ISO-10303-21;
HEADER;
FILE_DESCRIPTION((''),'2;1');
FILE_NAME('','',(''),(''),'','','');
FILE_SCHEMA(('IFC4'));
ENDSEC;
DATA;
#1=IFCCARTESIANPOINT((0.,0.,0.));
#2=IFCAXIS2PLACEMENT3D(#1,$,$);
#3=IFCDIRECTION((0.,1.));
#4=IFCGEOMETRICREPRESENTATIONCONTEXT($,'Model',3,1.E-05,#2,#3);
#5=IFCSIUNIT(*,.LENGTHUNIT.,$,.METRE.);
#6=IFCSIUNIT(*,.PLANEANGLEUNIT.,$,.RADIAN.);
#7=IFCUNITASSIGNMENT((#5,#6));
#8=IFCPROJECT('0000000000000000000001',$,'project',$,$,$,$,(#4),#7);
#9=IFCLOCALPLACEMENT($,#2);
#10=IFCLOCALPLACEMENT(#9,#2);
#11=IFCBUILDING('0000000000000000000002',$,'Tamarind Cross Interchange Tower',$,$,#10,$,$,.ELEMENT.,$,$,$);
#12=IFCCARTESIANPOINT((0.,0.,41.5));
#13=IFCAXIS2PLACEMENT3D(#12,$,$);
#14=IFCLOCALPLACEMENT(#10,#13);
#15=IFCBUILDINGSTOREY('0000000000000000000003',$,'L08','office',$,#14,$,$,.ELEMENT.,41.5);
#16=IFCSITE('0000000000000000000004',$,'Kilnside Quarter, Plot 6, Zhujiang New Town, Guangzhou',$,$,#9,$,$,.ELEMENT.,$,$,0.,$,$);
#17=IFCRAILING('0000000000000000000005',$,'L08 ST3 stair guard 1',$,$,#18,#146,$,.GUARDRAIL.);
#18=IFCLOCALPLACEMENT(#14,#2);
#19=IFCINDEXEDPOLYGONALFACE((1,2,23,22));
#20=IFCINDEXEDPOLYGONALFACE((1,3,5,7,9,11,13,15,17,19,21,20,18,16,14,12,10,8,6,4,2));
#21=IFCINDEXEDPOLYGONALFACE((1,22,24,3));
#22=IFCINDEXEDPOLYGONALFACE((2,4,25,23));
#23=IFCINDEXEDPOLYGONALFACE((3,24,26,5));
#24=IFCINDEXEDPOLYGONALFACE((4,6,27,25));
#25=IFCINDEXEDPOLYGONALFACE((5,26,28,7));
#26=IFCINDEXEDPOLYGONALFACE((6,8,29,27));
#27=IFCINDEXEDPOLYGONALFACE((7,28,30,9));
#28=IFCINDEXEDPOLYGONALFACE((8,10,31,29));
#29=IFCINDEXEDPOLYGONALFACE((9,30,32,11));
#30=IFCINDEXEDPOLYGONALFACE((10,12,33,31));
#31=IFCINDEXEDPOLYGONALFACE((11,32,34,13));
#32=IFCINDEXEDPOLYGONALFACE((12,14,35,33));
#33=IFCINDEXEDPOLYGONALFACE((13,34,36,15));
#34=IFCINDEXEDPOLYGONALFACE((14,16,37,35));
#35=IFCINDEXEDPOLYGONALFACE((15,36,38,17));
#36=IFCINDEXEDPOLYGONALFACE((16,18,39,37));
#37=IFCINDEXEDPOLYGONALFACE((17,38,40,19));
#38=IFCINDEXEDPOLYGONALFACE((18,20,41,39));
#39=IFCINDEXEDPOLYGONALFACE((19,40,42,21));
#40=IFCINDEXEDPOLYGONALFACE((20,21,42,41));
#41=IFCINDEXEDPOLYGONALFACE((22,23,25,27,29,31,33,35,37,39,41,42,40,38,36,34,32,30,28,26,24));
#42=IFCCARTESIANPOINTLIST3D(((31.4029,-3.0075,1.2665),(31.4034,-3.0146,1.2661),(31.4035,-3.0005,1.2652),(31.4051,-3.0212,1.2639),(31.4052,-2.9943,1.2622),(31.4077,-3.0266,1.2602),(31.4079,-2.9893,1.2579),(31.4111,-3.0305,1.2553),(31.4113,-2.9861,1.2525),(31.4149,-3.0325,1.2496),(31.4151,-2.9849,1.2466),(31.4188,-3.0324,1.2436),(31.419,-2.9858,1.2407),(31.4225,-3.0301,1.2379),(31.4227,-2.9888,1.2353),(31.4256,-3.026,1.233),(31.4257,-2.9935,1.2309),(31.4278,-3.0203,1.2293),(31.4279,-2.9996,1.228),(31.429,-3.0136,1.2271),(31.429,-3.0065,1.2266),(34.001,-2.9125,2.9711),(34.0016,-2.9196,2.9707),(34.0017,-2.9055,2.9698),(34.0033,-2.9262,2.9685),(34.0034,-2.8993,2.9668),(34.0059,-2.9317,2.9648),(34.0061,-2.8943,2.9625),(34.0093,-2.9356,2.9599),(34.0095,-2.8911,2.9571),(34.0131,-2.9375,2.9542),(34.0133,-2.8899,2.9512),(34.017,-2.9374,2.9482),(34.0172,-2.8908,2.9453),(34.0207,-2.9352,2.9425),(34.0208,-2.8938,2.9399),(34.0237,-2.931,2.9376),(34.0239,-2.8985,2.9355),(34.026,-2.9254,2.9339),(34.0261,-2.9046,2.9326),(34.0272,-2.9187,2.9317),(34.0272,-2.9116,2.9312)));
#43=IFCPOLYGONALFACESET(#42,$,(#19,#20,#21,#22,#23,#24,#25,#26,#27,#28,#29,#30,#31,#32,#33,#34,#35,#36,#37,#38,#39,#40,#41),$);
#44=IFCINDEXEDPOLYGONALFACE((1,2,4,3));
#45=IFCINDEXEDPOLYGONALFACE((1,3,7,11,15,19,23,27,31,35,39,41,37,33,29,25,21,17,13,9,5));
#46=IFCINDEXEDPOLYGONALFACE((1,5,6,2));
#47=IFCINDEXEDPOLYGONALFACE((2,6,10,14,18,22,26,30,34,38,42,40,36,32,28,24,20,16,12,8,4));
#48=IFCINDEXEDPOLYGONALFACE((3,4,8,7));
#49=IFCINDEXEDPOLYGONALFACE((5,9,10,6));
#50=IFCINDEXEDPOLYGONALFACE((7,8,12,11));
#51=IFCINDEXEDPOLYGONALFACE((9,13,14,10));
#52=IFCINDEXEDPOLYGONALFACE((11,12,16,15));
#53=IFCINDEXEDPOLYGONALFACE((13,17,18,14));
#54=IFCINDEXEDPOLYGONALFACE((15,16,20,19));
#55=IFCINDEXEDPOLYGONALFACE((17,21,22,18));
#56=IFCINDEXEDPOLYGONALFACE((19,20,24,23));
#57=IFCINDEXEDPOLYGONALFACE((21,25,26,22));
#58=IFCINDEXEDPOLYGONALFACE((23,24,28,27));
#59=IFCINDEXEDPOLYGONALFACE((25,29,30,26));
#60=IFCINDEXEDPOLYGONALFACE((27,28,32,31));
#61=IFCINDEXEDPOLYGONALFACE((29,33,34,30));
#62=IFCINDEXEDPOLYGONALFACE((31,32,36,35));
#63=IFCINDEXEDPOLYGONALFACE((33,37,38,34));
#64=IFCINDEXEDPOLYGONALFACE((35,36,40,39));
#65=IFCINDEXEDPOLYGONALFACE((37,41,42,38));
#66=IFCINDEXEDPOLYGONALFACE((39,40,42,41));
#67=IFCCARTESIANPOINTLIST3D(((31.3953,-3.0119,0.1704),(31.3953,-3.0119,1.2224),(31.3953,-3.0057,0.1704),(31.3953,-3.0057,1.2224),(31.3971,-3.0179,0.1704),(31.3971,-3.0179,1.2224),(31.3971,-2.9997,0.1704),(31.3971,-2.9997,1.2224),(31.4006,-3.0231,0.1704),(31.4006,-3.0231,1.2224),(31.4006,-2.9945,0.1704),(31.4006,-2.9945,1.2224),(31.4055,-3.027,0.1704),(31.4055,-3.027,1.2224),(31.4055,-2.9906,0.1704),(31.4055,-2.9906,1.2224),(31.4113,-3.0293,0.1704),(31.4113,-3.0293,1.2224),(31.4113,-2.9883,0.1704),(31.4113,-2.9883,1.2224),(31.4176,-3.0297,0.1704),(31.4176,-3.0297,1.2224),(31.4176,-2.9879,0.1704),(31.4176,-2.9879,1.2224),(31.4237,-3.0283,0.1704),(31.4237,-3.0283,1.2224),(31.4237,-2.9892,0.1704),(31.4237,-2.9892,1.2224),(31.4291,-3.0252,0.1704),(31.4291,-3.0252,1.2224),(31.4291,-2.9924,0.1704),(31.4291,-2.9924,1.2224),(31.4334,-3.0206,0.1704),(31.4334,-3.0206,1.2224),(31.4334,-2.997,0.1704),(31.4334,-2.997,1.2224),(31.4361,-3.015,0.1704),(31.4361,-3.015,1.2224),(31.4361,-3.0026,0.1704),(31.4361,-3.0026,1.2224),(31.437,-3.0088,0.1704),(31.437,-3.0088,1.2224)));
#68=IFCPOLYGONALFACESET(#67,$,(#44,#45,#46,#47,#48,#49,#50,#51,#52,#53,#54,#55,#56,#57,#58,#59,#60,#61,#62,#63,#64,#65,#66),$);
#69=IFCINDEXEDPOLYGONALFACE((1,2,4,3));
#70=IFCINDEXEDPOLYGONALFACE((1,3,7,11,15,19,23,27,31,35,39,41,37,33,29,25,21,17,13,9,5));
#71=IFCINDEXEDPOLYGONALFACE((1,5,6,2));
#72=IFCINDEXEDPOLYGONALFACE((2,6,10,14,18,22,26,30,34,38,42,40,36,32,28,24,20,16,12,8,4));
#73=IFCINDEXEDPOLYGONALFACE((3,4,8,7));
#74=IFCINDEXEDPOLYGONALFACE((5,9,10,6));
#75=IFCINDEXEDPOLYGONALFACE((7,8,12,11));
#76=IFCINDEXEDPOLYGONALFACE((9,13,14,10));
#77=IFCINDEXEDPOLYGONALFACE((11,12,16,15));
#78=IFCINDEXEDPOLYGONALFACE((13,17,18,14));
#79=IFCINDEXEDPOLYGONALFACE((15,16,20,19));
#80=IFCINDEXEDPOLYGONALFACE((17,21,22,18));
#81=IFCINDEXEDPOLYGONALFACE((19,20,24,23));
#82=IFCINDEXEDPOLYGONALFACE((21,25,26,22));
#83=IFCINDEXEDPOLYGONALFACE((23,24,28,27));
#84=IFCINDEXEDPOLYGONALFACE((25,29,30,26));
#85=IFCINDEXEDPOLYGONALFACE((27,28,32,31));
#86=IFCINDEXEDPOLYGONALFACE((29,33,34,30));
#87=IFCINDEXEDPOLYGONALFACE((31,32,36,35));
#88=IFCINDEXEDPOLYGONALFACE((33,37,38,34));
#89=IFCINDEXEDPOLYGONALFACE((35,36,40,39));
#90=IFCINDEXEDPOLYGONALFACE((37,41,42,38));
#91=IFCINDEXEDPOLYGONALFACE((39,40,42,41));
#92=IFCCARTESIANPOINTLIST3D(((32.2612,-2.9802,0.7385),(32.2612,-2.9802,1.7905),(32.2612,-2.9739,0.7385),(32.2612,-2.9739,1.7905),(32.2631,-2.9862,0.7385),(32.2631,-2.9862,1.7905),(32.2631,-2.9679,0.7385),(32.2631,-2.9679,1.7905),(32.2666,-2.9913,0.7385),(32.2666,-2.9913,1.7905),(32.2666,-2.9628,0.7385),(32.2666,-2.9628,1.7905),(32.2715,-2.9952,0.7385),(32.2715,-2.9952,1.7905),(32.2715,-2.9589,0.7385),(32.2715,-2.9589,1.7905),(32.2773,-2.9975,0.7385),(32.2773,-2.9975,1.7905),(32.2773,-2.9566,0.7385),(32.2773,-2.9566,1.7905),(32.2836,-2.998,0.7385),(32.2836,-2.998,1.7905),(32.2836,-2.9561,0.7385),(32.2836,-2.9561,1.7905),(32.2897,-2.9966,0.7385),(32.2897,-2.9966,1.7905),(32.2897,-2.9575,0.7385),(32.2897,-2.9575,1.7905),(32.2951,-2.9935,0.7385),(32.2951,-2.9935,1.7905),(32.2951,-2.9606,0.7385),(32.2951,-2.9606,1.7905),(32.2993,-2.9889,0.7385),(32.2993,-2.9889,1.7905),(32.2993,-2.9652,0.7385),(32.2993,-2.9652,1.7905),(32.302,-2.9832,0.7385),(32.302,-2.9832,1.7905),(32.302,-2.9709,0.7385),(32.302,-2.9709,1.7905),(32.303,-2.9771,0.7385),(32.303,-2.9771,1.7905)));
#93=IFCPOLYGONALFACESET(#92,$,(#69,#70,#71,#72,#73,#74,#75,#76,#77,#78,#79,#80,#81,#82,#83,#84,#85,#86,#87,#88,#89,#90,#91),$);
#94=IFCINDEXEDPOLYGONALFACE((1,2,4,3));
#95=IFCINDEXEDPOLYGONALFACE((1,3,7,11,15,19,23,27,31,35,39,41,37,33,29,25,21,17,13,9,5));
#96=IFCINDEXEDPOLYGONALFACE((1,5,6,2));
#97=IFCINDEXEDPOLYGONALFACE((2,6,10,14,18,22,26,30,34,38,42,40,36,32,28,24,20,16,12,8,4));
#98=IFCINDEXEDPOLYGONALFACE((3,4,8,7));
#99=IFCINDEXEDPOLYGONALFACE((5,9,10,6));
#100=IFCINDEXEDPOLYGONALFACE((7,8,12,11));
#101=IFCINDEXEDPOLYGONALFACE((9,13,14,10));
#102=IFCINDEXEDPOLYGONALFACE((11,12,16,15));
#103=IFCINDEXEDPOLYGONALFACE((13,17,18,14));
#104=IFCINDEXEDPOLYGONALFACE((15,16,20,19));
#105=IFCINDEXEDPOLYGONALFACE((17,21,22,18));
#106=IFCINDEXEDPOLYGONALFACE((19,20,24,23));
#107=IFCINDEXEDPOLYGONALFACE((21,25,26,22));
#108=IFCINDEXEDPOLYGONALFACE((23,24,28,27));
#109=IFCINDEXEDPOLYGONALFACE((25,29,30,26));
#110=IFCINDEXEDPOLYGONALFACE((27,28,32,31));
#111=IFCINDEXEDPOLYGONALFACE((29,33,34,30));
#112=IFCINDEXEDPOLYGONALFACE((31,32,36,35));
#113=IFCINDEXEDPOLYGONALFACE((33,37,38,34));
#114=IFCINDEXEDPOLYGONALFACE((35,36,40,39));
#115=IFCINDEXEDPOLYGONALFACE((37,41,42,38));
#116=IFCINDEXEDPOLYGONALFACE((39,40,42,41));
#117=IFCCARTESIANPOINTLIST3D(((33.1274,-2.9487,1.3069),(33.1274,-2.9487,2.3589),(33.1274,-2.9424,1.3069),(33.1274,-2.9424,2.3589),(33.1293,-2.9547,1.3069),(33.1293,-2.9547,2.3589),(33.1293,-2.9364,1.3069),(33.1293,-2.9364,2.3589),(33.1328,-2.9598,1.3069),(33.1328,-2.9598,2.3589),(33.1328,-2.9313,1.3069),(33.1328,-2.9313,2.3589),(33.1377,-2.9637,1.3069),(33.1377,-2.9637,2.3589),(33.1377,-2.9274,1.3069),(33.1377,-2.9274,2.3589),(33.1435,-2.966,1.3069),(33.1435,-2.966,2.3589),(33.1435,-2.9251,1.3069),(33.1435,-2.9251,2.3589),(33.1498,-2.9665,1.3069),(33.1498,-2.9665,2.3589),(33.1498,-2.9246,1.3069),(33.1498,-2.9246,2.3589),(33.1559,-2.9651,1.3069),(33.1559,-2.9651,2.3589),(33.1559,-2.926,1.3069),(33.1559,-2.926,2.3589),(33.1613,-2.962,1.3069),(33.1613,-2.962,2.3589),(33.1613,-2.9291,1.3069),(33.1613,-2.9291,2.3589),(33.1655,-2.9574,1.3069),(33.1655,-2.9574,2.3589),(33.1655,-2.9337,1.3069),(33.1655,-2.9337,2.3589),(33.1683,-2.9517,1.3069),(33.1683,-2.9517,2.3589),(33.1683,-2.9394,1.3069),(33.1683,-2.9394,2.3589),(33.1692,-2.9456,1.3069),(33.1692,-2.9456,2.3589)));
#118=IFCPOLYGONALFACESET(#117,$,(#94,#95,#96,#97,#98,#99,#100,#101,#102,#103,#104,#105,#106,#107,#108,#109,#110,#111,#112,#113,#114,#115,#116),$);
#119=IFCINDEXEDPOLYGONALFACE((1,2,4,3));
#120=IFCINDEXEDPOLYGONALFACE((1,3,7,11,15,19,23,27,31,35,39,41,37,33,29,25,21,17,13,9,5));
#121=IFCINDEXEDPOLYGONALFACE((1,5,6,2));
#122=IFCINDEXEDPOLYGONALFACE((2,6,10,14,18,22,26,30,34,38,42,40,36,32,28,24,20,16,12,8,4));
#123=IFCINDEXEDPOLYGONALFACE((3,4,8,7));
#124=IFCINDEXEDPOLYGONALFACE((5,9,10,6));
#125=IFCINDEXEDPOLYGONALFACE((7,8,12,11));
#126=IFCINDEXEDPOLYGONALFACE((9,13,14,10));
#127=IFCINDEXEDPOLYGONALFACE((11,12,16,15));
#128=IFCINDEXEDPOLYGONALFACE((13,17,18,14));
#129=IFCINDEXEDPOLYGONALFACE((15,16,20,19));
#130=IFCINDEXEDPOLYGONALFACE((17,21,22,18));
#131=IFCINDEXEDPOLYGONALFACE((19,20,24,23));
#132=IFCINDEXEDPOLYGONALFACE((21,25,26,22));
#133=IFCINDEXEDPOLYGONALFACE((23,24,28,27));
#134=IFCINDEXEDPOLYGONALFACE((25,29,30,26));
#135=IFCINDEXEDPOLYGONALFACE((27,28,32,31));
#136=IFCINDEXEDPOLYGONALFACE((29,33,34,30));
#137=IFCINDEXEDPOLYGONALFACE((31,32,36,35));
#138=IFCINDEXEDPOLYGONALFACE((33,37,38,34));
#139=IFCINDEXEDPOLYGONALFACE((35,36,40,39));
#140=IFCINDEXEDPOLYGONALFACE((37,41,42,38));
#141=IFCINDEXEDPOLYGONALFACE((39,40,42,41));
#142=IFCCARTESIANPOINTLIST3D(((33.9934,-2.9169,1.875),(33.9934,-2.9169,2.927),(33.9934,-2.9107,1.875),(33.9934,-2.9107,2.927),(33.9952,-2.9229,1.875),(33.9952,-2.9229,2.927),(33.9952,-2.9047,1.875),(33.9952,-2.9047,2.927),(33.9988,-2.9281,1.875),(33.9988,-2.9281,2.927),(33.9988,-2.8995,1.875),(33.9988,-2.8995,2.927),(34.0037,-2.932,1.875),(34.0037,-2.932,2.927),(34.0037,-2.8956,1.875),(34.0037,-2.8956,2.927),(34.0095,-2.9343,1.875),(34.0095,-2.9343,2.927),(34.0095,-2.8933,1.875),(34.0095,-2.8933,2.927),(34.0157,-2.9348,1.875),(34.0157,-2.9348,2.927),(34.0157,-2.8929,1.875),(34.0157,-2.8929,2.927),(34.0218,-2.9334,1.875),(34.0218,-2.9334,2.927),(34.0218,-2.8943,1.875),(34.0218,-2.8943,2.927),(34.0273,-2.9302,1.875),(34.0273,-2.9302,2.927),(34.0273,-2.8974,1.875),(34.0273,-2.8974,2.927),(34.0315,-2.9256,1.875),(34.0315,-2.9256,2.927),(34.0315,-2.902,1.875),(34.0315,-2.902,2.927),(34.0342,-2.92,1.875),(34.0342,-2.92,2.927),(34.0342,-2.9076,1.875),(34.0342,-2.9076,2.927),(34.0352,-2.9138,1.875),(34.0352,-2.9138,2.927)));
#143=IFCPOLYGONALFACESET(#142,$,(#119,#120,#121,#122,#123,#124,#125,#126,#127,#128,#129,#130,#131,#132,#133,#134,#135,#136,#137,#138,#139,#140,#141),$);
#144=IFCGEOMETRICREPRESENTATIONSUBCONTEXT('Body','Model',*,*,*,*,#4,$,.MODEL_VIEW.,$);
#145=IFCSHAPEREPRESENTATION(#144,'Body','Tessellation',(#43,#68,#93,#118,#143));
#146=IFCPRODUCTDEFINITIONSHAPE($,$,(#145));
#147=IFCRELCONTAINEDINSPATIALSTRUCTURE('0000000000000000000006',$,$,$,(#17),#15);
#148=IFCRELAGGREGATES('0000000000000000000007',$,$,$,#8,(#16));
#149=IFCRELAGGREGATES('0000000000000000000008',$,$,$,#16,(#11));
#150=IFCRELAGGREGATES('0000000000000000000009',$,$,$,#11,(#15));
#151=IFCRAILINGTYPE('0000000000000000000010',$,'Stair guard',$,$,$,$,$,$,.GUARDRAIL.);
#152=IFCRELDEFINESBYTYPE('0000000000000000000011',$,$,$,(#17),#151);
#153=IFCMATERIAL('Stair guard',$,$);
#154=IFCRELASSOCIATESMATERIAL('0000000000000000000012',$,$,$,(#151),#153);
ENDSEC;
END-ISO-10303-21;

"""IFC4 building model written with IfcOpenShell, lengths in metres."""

from ifc_helpers import new_model, si_unit, direction, frame, origin, origin_2d, place, context, subcontext, project, spatial, circle, extrude, material, type_object, element, save


model = new_model("IFC4")

# Units and contexts
model_context = context("Model", 3, precision=1e-05, world=origin(), true_north=direction((0.0, 1.0)))
body_context = subcontext(model_context, "Body", "Model", "MODEL_VIEW")
ifc_project = project(units=[si_unit("LENGTHUNIT", "METRE"), si_unit("PLANEANGLEUNIT", "RADIAN")], contexts=[model_context])

# Site, building, storey
site_placement = place(None, origin())
site = spatial("IfcSite", under=ifc_project, at=site_placement, Name="Kilnside Quarter, Plot 6, Zhujiang New Town, Guangzhou", CompositionType="ELEMENT", RefElevation=0.0)
building_placement = place(site_placement, origin())
building = spatial("IfcBuilding", under=site, at=building_placement, Name="Tamarind Cross Interchange Tower", CompositionType="ELEMENT")
storey_placement = place(building_placement, frame((0.0, 0.0, 41.5)))
storey = spatial("IfcBuildingStorey", under=building, at=storey_placement, Name="L08", Description="office", CompositionType="ELEMENT", Elevation=41.5)

# Railing
ifc_material_1 = material(Name="Stair guard")
railing_type_1 = type_object("IfcRailingType", Name="Stair guard", PredefinedType="GUARDRAIL", material=ifc_material_1)
railing_1_placement = place(storey_placement, frame((31.416, -3.0088, 0.1704)))
element("IfcRailing", 1, at=railing_1_placement, inside=storey, type_object=railing_type_1, Name="L08 ST3 stair guard 1", PredefinedType="GUARDRAIL", context=body_context, shape_type="SweptSolid", body=[
    extrude(circle(Radius=0.0239, at=origin_2d()), frame((0.0, 0.0, 1.0762), z_axis=(0.835723, 0.030548, 0.548301), x_axis=(-0.036529, 0.999333, 0.0)), (0.0, 0.0, 1.0), 3.1089),
    extrude(circle(Radius=0.021, at=origin_2d()), origin(), (0.0, 0.0, 1.0), 1.052),
    extrude(circle(Radius=0.021, at=origin_2d()), frame((0.866, 0.0317, 0.5681)), (0.0, 0.0, 1.0), 1.052),
    extrude(circle(Radius=0.021, at=origin_2d()), frame((1.7322, 0.0632, 1.1365)), (0.0, 0.0, 1.0), 1.052),
    extrude(circle(Radius=0.021, at=origin_2d()), frame((2.5981, 0.095, 1.7046)), (0.0, 0.0, 1.0), 1.052),
])

save(model, "model.ifc")
